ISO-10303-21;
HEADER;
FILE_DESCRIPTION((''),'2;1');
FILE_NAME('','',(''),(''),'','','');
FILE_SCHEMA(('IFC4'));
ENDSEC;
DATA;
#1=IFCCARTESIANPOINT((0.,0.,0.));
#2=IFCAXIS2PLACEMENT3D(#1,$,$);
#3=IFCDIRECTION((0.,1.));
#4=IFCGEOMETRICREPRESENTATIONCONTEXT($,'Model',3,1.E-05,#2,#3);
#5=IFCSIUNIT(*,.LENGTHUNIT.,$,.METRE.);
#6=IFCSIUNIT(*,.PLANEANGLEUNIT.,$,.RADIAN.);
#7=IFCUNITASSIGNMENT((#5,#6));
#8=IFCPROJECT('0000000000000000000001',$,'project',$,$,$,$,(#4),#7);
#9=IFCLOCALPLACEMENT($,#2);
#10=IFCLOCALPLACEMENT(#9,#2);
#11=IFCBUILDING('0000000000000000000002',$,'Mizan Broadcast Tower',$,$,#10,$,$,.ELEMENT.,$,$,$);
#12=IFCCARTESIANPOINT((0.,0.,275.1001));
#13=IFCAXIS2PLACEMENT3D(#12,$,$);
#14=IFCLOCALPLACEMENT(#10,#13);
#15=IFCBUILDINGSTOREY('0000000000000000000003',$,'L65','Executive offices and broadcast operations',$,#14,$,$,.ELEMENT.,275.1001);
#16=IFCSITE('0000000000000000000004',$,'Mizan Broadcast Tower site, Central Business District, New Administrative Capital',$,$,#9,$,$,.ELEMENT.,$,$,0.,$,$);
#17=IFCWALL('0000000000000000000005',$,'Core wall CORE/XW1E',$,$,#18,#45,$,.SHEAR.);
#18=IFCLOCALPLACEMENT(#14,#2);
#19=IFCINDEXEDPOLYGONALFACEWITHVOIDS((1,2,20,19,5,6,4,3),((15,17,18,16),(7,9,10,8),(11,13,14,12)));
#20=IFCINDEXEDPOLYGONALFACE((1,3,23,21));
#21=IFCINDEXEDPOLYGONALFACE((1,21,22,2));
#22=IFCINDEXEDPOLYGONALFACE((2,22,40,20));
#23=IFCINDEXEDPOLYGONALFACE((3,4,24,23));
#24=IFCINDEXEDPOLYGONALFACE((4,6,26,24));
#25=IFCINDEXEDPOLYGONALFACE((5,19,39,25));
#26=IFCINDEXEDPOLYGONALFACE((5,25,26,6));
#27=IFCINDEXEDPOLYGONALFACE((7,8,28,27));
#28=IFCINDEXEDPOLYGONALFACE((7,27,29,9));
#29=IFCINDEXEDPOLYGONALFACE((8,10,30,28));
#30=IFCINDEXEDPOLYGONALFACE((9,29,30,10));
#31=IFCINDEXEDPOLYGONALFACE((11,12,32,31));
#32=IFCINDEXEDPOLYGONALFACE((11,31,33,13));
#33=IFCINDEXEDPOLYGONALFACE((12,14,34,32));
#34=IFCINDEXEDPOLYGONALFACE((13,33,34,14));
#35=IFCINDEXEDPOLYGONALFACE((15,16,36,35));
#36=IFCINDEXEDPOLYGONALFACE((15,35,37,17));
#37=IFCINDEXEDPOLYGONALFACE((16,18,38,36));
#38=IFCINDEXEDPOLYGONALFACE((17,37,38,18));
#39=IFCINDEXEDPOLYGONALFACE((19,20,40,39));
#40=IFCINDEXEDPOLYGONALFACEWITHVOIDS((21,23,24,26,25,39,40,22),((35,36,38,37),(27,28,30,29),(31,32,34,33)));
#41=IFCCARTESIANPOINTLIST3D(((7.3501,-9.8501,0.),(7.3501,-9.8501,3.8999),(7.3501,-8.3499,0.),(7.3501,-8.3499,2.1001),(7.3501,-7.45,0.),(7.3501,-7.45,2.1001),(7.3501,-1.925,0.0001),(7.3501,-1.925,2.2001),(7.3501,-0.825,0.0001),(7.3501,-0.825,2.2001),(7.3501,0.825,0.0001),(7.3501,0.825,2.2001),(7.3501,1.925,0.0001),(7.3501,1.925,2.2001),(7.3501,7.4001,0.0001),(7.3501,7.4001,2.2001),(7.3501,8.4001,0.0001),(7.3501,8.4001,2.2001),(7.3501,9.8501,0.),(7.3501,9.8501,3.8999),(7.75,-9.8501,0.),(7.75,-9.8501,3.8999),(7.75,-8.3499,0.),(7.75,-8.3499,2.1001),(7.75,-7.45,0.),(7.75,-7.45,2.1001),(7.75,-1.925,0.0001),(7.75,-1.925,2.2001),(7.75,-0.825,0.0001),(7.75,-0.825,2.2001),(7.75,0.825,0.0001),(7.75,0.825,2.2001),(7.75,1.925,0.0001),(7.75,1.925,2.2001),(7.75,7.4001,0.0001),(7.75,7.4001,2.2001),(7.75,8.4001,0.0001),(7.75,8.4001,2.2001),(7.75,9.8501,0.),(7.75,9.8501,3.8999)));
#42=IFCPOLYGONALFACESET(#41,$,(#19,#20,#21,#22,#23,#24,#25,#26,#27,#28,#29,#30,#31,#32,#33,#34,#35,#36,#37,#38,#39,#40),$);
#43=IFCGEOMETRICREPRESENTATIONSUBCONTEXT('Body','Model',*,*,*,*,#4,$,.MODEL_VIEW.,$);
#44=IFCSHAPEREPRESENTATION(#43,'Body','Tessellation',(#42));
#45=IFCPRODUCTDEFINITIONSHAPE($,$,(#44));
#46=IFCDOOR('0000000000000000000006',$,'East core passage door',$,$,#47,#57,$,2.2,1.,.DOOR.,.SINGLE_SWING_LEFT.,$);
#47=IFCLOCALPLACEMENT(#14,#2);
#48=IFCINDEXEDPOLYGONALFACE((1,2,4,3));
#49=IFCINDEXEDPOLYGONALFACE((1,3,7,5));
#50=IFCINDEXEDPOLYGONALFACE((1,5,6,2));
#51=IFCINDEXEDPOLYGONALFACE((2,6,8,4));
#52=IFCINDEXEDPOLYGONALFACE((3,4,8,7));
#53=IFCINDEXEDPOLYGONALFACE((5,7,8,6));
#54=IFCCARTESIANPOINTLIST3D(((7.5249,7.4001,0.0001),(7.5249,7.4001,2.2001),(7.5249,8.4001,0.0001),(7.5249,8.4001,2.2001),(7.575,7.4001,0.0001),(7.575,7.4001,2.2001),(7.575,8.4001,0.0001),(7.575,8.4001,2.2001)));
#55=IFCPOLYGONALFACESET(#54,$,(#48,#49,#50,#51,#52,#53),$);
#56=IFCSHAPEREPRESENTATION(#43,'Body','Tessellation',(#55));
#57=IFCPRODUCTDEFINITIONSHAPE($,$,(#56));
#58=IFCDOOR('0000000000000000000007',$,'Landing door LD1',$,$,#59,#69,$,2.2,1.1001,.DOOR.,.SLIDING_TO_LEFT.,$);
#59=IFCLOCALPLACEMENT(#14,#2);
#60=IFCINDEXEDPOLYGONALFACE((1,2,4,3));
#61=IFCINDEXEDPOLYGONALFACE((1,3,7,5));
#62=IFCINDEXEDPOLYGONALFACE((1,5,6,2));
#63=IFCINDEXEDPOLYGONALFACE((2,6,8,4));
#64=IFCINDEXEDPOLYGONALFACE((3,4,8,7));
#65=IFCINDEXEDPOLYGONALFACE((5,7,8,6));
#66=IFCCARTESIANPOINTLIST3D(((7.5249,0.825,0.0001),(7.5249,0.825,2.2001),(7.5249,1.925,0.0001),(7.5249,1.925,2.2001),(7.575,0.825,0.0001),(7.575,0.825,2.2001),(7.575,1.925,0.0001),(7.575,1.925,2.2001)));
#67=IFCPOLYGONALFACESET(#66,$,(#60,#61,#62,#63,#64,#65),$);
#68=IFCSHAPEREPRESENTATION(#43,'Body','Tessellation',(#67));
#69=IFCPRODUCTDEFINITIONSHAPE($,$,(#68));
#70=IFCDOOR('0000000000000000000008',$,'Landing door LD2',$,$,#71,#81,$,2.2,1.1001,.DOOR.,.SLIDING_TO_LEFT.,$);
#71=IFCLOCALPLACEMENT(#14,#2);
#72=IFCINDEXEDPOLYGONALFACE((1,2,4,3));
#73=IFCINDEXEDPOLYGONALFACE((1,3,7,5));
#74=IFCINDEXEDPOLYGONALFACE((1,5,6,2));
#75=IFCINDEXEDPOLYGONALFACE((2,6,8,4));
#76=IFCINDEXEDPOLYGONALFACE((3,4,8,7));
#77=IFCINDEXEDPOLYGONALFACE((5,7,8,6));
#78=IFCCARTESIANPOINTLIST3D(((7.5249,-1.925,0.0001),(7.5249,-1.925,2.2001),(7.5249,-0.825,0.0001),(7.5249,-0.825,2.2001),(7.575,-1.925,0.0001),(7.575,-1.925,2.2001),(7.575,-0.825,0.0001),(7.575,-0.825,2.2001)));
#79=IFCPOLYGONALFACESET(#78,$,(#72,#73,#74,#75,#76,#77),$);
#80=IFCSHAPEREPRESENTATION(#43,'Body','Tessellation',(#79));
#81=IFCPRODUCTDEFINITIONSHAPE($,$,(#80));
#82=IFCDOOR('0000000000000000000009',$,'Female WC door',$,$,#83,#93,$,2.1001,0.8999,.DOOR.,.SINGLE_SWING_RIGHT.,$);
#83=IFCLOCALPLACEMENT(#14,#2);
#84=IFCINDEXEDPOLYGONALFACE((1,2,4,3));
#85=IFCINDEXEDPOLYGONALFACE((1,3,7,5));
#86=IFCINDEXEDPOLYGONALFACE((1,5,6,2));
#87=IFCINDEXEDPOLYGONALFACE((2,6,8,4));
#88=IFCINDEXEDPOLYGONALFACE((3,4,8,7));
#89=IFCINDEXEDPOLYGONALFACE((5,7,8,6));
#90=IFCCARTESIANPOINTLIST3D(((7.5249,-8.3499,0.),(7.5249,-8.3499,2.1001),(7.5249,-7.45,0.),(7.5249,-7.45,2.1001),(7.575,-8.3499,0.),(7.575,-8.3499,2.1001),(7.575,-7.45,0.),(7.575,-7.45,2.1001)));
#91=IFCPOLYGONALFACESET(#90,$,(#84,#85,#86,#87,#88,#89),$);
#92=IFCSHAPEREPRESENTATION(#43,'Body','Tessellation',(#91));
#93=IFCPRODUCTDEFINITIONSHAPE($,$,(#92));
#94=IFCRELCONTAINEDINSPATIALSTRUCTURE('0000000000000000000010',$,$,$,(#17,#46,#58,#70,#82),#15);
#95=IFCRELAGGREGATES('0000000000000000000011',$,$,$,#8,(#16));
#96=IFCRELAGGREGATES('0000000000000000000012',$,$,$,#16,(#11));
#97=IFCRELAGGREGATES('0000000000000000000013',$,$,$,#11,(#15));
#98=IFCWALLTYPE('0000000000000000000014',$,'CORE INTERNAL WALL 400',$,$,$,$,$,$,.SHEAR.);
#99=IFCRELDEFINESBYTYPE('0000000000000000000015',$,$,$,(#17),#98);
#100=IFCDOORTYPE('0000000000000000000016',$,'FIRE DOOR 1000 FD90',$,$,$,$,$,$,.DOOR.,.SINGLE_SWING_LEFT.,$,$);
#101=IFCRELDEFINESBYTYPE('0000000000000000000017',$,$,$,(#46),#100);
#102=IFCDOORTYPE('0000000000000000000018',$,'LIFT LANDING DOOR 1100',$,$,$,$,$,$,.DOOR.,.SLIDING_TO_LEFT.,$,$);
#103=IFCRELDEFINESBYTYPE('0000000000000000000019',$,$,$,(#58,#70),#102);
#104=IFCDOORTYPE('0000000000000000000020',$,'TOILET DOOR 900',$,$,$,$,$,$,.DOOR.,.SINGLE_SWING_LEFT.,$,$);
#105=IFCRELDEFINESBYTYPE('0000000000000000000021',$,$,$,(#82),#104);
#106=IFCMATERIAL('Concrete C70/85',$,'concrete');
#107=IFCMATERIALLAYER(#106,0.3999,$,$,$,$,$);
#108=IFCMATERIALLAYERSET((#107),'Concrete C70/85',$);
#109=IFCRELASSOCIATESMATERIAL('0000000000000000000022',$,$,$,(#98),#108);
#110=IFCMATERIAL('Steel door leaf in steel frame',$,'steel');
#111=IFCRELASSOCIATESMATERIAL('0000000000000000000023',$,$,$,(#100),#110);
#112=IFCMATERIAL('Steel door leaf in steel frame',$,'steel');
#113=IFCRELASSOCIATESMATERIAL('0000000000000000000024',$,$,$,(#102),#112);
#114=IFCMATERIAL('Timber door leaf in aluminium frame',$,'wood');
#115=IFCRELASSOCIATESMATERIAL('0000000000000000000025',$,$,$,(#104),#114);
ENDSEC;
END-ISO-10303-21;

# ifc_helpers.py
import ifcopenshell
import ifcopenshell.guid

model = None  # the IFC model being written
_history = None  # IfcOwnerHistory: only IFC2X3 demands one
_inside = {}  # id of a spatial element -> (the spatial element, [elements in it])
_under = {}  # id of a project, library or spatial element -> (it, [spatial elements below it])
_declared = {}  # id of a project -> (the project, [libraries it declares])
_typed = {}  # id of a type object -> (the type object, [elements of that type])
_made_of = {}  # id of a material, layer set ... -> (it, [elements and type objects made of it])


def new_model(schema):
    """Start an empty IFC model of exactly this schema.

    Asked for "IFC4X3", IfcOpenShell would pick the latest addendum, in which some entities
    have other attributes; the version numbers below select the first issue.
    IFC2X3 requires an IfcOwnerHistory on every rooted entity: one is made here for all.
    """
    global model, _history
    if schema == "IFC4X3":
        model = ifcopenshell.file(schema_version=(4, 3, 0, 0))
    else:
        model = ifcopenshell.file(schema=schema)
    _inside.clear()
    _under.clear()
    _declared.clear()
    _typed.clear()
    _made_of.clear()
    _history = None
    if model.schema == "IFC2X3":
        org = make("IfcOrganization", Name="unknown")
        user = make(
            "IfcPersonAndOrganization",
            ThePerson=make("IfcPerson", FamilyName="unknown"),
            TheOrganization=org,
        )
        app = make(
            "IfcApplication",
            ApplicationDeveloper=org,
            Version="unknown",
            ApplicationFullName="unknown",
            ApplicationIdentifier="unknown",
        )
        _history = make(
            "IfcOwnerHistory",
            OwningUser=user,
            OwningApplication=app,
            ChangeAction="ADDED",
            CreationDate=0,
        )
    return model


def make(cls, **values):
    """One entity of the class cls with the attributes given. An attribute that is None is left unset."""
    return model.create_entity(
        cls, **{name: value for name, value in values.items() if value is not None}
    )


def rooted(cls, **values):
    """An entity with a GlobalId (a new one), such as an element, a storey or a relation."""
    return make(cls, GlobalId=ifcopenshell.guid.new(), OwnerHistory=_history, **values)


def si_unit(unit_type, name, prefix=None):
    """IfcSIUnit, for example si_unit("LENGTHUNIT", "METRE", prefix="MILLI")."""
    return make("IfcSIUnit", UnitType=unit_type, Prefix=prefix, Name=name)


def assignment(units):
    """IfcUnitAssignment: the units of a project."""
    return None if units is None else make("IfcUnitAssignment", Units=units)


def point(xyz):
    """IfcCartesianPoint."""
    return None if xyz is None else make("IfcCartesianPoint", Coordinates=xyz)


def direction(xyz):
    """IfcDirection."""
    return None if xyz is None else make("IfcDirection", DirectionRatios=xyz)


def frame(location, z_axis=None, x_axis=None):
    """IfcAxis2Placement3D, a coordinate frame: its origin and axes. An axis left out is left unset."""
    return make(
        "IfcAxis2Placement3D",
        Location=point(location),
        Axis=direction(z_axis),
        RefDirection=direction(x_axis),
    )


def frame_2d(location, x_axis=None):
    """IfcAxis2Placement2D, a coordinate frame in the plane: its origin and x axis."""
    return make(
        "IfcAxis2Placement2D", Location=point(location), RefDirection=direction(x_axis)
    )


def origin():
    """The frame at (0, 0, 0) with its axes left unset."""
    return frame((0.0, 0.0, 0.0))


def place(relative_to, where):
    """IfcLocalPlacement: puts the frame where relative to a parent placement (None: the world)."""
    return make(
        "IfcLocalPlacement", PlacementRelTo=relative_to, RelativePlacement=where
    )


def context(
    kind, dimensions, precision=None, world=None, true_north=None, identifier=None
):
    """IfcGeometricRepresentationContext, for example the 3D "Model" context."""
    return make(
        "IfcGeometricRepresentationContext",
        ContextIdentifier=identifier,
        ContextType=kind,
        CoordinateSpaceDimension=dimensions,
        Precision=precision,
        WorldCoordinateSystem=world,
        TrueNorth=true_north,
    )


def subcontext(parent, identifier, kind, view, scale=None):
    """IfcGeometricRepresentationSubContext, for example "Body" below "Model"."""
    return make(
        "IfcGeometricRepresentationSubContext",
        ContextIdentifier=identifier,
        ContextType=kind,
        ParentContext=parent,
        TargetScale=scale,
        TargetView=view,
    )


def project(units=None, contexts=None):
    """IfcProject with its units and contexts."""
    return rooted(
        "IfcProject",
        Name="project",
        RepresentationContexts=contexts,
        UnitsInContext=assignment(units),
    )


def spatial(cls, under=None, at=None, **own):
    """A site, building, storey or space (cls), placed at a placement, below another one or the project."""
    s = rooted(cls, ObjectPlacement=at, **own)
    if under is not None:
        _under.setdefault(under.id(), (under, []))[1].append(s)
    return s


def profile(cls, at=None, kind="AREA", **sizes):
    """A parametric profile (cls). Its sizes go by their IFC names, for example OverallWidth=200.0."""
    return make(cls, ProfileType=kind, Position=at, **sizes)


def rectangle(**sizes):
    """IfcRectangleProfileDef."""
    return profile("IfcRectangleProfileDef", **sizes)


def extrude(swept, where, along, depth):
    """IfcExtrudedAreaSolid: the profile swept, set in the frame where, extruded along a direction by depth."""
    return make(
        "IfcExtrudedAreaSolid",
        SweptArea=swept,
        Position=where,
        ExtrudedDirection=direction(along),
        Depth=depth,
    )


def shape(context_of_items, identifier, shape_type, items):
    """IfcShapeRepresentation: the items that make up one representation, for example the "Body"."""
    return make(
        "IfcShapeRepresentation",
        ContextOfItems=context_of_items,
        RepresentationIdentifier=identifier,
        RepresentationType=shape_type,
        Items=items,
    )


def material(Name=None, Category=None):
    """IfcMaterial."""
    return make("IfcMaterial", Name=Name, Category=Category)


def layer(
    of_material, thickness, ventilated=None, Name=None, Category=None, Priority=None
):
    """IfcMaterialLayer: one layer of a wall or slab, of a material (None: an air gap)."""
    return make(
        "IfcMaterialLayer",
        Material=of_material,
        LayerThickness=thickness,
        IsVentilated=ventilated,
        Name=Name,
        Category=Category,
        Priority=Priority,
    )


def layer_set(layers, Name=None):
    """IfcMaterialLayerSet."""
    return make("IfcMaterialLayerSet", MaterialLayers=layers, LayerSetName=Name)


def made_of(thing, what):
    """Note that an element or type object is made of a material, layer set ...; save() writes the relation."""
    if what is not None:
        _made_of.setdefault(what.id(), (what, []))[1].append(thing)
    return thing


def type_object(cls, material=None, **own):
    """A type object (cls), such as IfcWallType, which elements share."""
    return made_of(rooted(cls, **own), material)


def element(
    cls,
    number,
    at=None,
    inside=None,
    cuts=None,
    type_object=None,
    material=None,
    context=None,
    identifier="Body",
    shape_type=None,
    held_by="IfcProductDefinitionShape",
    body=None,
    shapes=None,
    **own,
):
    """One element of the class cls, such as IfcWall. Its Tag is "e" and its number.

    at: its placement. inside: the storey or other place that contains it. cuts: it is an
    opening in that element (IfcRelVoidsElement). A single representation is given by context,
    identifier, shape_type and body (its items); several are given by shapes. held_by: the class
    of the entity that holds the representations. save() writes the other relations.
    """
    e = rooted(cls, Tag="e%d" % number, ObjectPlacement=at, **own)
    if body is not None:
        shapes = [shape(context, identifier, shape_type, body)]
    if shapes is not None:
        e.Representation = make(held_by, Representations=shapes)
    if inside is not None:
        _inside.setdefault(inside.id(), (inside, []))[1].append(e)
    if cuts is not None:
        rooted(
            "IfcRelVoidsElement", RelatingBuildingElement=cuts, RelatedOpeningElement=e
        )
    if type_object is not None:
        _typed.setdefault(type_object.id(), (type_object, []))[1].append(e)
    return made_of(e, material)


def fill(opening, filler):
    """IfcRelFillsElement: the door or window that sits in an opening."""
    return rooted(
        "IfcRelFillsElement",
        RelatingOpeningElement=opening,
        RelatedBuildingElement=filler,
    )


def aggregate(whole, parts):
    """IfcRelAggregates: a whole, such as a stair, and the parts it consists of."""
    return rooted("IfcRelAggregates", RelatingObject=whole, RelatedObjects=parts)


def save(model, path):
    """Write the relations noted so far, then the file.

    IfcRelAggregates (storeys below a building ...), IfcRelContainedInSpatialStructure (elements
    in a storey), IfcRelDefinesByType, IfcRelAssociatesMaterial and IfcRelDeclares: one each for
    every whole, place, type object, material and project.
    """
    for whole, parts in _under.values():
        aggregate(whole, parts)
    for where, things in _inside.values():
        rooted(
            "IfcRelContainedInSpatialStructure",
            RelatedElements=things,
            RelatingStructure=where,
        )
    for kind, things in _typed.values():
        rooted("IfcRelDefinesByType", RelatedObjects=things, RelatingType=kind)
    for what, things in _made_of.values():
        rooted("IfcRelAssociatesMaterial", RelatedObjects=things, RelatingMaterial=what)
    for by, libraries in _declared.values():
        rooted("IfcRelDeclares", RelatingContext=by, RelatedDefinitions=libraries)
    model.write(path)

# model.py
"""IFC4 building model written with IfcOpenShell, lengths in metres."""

from ifc_helpers import new_model, si_unit, direction, frame, frame_2d, origin, place, context, subcontext, project, spatial, rectangle, extrude, material, layer, layer_set, type_object, element, fill, save


model = new_model("IFC4")

# Units and contexts
model_context = context("Model", 3, precision=1e-05, world=origin(), true_north=direction((0.0, 1.0)))
body_context = subcontext(model_context, "Body", "Model", "MODEL_VIEW")
ifc_project = project(units=[si_unit("LENGTHUNIT", "METRE"), si_unit("PLANEANGLEUNIT", "RADIAN")], contexts=[model_context])

# Site, building, storey
site_placement = place(None, origin())
site = spatial("IfcSite", under=ifc_project, at=site_placement, Name="Mizan Broadcast Tower site, Central Business District, New Administrative Capital", CompositionType="ELEMENT", RefElevation=0.0)
building_placement = place(site_placement, origin())
building = spatial("IfcBuilding", under=site, at=building_placement, Name="Mizan Broadcast Tower", CompositionType="ELEMENT")
storey_placement = place(building_placement, frame((0.0, 0.0, 275.1001)))
storey = spatial("IfcBuildingStorey", under=building, at=storey_placement, Name="L65", Description="Executive offices and broadcast operations", CompositionType="ELEMENT", Elevation=275.1001)

# Wall, openings, doors
ifc_material_1 = material(Name="Concrete C70/85", Category="concrete")
ifc_layer_1 = layer(ifc_material_1, 0.3999)
ifc_layer_set_1 = layer_set([ifc_layer_1], Name="Concrete C70/85")
wall_type = type_object("IfcWallType", Name="CORE INTERNAL WALL 400", PredefinedType="SHEAR", material=ifc_layer_set_1)
wall_placement = place(storey_placement, frame((7.55, 9.8501, 0.0), z_axis=(0.0, 0.0, 1.0), x_axis=(0.0, -1.0, 0.0)))
wall = element("IfcWall", 1, at=wall_placement, inside=storey, type_object=wall_type, Name="Core wall CORE/XW1E", PredefinedType="SHEAR", context=body_context, shape_type="SweptSolid", body=[
    extrude(rectangle(XDim=19.7002, YDim=0.3999, at=frame_2d((9.8501, 0.0))), origin(), (0.0, 0.0, 1.0), 3.8999),
])
opening_1_placement = place(wall_placement, frame((1.45, 0.0, 0.0)))
opening_1 = element("IfcOpeningElement", 2, at=opening_1_placement, cuts=wall, PredefinedType="OPENING", context=body_context, shape_type="SweptSolid", body=[
    extrude(rectangle(XDim=1.0, YDim=2.2, at=frame_2d((0.5, 1.1001))), frame((0.0, 0.21, 0.0), z_axis=(0.0, -1.0, 0.0), x_axis=(1.0, 0.0, 0.0)), (0.0, 0.0, 1.0), 0.4199),
])
opening_2_placement = place(wall_placement, frame((17.3, 0.0, 0.0)))
opening_2 = element("IfcOpeningElement", 3, at=opening_2_placement, cuts=wall, PredefinedType="OPENING", context=body_context, shape_type="SweptSolid", body=[
    extrude(rectangle(XDim=0.8999, YDim=2.1001, at=frame_2d((0.45, 1.05))), frame((0.0, 0.21, 0.0), z_axis=(0.0, -1.0, 0.0), x_axis=(1.0, 0.0, 0.0)), (0.0, 0.0, 1.0), 0.4199),
])
opening_3_placement = place(wall_placement, frame((7.925, 0.0, 0.0)))
opening_3 = element("IfcOpeningElement", 4, at=opening_3_placement, cuts=wall, PredefinedType="OPENING", context=body_context, shape_type="SweptSolid", body=[
    extrude(rectangle(XDim=1.1001, YDim=2.2, at=frame_2d((0.55, 1.1001))), frame((0.0, 0.21, 0.0), z_axis=(0.0, -1.0, 0.0), x_axis=(1.0, 0.0, 0.0)), (0.0, 0.0, 1.0), 0.4199),
])
opening_4_placement = place(wall_placement, frame((10.675, 0.0, 0.0)))
opening_4 = element("IfcOpeningElement", 5, at=opening_4_placement, cuts=wall, PredefinedType="OPENING", context=body_context, shape_type="SweptSolid", body=[
    extrude(rectangle(XDim=1.1001, YDim=2.2, at=frame_2d((0.55, 1.1001))), frame((0.0, 0.21, 0.0), z_axis=(0.0, -1.0, 0.0), x_axis=(1.0, 0.0, 0.0)), (0.0, 0.0, 1.0), 0.4199),
])
ifc_material_2 = material(Name="Steel door leaf in steel frame", Category="steel")
door_type_1 = type_object("IfcDoorType", Name="FIRE DOOR 1000 FD90", OperationType="SINGLE_SWING_LEFT", PredefinedType="DOOR", material=ifc_material_2)
door_1_placement = place(opening_1_placement, origin())
door_1 = element("IfcDoor", 6, at=door_1_placement, inside=storey, type_object=door_type_1, Name="East core passage door", OperationType="SINGLE_SWING_LEFT", OverallHeight=2.2, OverallWidth=1.0, PredefinedType="DOOR", context=body_context, shape_type="SweptSolid", body=[
    extrude(rectangle(XDim=1.0, YDim=2.2, at=frame_2d((0.5, 1.1001))), frame((0.0, 0.0249, 0.0), z_axis=(0.0, -1.0, 0.0), x_axis=(1.0, 0.0, 0.0)), (0.0, 0.0, 1.0), 0.05),
])
fill(opening_1, door_1)
ifc_material_3 = material(Name="Steel door leaf in steel frame", Category="steel")
door_type_2 = type_object("IfcDoorType", Name="LIFT LANDING DOOR 1100", OperationType="SLIDING_TO_LEFT", PredefinedType="DOOR", material=ifc_material_3)
door_2_placement = place(opening_3_placement, origin())
door_2 = element("IfcDoor", 7, at=door_2_placement, inside=storey, type_object=door_type_2, Name="Landing door LD1", OperationType="SLIDING_TO_LEFT", OverallHeight=2.2, OverallWidth=1.1001, PredefinedType="DOOR", context=body_context, shape_type="SweptSolid", body=[
    extrude(rectangle(XDim=1.1001, YDim=2.2, at=frame_2d((0.55, 1.1001))), frame((0.0, 0.0249, 0.0), z_axis=(0.0, -1.0, 0.0), x_axis=(1.0, 0.0, 0.0)), (0.0, 0.0, 1.0), 0.05),
])
fill(opening_3, door_2)
door_3_placement = place(opening_4_placement, origin())
door_3 = element("IfcDoor", 8, at=door_3_placement, inside=storey, type_object=door_type_2, Name="Landing door LD2", OperationType="SLIDING_TO_LEFT", OverallHeight=2.2, OverallWidth=1.1001, PredefinedType="DOOR", context=body_context, shape_type="SweptSolid", body=[
    extrude(rectangle(XDim=1.1001, YDim=2.2, at=frame_2d((0.55, 1.1001))), frame((0.0, 0.0249, 0.0), z_axis=(0.0, -1.0, 0.0), x_axis=(1.0, 0.0, 0.0)), (0.0, 0.0, 1.0), 0.05),
])
fill(opening_4, door_3)
ifc_material_4 = material(Name="Timber door leaf in aluminium frame", Category="wood")
door_type_3 = type_object("IfcDoorType", Name="TOILET DOOR 900", OperationType="SINGLE_SWING_LEFT", PredefinedType="DOOR", material=ifc_material_4)
door_4_placement = place(opening_2_placement, origin())
door_4 = element("IfcDoor", 9, at=door_4_placement, inside=storey, type_object=door_type_3, Name="Female WC door", OperationType="SINGLE_SWING_RIGHT", OverallHeight=2.1001, OverallWidth=0.8999, PredefinedType="DOOR", context=body_context, shape_type="SweptSolid", body=[
    extrude(rectangle(XDim=0.8999, YDim=2.1001, at=frame_2d((0.45, 1.05))), frame((0.0, 0.0249, 0.0), z_axis=(0.0, -1.0, 0.0), x_axis=(1.0, 0.0, 0.0)), (0.0, 0.0, 1.0), 0.05),
])
fill(opening_2, door_4)

save(model, "model.ifc")
